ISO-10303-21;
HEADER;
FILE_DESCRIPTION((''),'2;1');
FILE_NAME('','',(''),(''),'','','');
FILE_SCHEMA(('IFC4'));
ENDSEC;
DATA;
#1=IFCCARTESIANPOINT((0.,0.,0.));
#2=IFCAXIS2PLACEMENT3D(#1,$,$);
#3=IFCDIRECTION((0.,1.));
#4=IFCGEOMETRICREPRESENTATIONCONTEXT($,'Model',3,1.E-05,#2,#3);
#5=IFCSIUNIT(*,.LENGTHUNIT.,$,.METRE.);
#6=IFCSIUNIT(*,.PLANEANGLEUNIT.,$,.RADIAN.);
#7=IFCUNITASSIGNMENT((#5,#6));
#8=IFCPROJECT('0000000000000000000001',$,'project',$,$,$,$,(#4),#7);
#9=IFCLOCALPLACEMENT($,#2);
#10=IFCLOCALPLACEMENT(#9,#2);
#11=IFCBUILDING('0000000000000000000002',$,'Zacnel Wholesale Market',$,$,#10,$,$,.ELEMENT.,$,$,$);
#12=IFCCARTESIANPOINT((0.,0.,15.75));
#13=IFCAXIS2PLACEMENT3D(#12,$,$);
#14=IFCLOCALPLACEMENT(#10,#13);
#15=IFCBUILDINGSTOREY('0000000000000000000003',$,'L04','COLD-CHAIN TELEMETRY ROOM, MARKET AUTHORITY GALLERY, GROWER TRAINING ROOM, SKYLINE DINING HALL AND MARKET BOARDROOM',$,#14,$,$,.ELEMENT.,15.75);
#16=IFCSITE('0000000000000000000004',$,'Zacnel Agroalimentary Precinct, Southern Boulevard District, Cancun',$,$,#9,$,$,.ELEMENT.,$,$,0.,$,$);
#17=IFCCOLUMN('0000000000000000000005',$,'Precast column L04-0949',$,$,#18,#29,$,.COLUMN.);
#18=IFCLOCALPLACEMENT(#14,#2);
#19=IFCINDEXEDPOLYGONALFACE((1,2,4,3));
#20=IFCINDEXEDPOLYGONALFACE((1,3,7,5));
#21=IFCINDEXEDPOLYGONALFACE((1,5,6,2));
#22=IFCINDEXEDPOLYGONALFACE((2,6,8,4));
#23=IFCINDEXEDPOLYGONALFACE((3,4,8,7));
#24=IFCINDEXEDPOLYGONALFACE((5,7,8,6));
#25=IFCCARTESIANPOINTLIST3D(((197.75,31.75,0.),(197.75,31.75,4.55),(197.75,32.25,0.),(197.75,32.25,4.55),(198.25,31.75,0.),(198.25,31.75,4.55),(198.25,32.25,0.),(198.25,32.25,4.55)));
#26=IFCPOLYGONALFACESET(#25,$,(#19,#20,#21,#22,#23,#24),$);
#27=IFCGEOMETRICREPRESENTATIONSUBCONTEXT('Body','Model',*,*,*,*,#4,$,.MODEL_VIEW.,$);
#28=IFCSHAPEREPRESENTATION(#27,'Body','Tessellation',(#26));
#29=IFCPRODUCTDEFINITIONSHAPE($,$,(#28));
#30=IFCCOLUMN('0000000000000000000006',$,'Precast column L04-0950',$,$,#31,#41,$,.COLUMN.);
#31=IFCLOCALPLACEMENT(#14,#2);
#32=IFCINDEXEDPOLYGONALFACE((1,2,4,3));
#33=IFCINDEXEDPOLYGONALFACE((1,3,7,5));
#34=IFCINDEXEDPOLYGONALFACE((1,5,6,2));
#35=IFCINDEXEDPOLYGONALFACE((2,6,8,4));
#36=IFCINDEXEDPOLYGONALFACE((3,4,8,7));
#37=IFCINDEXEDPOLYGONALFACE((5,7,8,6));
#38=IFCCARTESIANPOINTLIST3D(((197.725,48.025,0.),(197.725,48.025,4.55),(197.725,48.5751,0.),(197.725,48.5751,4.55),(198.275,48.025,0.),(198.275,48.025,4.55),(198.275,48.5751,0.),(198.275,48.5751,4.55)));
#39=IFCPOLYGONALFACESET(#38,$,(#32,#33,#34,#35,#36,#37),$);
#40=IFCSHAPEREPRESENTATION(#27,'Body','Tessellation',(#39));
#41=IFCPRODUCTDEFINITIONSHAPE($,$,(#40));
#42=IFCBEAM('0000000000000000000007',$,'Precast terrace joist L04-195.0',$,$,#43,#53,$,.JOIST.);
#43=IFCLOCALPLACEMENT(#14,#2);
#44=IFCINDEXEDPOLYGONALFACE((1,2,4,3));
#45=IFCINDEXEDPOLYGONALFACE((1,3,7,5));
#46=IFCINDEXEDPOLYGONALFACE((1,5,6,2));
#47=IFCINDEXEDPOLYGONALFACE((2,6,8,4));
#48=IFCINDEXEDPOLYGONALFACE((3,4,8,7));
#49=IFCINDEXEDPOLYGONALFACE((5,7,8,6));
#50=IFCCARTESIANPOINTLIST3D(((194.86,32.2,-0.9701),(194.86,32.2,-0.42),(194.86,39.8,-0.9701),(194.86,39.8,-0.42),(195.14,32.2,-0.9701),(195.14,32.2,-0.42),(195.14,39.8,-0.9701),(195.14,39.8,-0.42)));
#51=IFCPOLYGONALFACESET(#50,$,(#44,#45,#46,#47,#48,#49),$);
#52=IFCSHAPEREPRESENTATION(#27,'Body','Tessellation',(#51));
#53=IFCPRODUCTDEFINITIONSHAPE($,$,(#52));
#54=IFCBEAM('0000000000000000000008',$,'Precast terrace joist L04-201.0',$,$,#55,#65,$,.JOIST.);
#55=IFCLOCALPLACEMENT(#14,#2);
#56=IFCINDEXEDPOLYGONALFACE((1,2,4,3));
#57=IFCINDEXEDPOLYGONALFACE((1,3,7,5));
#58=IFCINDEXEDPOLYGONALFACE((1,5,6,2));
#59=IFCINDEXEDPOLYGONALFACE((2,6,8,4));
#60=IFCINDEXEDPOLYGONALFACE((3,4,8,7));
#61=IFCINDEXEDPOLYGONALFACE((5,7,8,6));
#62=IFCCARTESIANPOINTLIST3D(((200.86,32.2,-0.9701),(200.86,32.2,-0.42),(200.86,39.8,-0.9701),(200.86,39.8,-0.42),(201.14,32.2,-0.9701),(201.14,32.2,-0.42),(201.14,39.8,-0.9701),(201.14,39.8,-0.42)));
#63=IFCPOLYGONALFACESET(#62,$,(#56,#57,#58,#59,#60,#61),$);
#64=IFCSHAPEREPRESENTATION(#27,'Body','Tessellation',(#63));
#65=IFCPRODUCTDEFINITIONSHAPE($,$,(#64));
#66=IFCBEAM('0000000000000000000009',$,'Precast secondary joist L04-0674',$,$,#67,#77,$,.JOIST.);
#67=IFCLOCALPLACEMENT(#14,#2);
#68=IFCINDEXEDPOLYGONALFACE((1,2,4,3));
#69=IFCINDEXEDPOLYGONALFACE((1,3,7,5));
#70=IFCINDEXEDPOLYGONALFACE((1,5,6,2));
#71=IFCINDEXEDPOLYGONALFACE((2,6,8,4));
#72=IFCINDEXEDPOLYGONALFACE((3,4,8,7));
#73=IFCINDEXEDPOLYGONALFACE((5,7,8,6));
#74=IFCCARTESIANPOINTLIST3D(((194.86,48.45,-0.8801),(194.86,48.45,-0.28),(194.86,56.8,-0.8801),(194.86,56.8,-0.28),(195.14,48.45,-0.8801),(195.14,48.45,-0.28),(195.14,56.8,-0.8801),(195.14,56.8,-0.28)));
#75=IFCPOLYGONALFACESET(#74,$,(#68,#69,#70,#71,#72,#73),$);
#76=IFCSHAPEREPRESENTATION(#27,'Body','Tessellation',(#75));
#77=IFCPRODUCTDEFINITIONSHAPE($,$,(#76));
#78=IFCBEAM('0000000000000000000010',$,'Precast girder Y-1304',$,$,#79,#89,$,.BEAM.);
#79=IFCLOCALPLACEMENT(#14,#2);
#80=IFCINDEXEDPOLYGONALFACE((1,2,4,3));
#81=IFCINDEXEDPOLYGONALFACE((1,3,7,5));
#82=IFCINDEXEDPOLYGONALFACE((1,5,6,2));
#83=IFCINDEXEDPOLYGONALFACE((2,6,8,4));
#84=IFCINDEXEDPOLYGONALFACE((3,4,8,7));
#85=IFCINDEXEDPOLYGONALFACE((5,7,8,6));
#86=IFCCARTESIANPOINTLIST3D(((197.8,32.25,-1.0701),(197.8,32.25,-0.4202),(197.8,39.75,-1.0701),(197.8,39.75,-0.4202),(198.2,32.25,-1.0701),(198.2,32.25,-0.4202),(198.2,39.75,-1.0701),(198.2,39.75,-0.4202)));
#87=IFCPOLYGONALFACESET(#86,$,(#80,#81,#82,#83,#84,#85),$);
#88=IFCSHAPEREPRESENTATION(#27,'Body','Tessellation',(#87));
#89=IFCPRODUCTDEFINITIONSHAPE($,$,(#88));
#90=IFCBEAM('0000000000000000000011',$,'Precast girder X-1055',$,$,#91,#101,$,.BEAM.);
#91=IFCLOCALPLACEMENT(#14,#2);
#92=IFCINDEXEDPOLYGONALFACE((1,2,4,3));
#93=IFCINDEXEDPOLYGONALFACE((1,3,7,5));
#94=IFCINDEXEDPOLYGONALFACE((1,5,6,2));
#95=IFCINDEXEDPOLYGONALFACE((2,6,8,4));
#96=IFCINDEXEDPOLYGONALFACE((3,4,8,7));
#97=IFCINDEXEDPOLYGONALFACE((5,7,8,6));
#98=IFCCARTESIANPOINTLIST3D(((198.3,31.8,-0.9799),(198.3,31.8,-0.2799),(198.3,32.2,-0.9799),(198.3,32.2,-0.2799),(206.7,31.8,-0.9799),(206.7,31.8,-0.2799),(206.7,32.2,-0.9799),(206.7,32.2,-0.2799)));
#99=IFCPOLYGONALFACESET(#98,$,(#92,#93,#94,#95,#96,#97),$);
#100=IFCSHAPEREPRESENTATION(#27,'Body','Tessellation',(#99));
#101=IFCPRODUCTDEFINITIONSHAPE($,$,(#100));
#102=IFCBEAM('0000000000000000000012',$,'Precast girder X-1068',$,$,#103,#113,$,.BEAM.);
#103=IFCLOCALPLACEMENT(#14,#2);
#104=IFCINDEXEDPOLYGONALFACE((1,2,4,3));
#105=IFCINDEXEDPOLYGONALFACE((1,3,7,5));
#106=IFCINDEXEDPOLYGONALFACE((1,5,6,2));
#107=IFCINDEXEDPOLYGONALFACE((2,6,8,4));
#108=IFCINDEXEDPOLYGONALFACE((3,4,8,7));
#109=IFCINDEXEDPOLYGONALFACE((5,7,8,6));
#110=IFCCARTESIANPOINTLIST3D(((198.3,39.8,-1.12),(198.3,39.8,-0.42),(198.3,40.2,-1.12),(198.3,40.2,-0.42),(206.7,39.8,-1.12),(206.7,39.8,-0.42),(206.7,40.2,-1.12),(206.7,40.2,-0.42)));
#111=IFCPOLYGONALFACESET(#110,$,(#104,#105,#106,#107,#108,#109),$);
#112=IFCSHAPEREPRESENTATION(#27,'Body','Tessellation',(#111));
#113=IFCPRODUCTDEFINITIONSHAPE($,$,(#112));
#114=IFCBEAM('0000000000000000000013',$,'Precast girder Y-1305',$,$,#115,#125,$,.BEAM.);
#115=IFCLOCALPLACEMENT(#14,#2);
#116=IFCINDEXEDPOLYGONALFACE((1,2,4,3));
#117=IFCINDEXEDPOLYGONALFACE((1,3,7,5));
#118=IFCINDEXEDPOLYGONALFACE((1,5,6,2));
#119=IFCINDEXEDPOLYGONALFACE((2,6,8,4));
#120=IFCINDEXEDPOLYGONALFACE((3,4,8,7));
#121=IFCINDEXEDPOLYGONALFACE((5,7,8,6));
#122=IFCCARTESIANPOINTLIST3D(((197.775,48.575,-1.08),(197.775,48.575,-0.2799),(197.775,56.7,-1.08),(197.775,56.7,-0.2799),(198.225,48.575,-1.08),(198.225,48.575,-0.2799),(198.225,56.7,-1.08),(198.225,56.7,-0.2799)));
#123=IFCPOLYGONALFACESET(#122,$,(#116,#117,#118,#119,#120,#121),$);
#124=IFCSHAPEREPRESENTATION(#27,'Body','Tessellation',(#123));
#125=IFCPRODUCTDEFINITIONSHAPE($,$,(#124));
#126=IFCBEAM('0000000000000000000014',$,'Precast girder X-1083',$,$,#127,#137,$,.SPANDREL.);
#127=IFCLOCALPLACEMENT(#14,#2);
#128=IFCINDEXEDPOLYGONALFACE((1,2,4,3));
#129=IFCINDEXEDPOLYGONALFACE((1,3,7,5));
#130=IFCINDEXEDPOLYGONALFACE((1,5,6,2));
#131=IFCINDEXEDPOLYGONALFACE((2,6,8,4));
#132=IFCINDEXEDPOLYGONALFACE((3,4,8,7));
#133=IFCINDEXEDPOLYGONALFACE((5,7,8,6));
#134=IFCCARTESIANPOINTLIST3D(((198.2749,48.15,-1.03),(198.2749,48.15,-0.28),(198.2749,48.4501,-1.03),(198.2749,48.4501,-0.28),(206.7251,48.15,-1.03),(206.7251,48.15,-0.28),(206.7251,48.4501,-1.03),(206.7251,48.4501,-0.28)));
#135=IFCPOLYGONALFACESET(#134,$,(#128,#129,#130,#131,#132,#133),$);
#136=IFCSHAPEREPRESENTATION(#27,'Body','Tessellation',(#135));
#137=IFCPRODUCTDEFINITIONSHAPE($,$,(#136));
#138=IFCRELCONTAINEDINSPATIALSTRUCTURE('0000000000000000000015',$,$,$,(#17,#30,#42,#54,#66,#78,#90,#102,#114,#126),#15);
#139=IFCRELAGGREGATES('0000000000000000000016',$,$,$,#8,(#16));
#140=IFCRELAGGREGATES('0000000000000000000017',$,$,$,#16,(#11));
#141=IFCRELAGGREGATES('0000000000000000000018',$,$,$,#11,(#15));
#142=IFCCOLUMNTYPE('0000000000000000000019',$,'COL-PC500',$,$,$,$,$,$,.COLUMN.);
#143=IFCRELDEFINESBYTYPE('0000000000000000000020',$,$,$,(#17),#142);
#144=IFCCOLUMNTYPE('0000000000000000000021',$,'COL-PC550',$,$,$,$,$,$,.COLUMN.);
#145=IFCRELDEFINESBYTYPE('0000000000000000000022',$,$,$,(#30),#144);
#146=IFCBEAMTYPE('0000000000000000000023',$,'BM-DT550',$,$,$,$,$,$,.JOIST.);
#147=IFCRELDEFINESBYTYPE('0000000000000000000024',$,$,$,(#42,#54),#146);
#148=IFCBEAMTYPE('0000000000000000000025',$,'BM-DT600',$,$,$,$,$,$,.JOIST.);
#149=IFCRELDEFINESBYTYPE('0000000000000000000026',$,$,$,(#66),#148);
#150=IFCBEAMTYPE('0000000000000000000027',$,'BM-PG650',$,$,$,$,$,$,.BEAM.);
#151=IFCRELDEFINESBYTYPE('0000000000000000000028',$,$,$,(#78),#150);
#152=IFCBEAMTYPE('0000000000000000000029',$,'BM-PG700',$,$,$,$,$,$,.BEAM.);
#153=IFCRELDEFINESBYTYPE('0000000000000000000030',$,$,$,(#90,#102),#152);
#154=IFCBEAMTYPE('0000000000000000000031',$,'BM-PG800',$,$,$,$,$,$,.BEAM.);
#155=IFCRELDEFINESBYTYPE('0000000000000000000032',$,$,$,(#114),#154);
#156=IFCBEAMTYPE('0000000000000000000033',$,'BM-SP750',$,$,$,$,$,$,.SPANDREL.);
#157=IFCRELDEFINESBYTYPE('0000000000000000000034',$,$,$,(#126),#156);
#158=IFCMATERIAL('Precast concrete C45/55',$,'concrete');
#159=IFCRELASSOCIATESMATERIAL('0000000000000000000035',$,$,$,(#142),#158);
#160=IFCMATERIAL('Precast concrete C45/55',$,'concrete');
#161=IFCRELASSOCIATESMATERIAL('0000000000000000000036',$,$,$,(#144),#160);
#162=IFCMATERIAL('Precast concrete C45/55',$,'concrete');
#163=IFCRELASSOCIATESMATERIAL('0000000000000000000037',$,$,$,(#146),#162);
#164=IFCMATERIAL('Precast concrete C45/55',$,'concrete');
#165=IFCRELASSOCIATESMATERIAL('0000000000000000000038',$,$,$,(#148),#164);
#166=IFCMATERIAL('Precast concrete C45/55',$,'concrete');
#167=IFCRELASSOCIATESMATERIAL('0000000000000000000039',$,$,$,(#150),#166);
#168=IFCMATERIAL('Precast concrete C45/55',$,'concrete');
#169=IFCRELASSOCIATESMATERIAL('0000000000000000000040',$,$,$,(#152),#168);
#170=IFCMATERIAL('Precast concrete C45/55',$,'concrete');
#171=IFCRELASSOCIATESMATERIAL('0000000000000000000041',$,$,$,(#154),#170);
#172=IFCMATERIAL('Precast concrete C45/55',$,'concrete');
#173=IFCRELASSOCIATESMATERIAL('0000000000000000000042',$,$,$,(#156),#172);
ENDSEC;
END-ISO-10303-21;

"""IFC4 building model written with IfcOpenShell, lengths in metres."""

from ifc_helpers import new_model, si_unit, direction, frame, origin, origin_2d, place, context, subcontext, project, spatial, rectangle, extrude, material, material_profile, profile_set, type_object, element, save


model = new_model("IFC4")

# Units and contexts
model_context = context("Model", 3, precision=1e-05, world=origin(), true_north=direction((0.0, 1.0)))
body_context = subcontext(model_context, "Body", "Model", "MODEL_VIEW")
ifc_project = project(units=[si_unit("LENGTHUNIT", "METRE"), si_unit("PLANEANGLEUNIT", "RADIAN")], contexts=[model_context])

# Site, building, storey
site_placement = place(None, origin())
site = spatial("IfcSite", under=ifc_project, at=site_placement, Name="Zacnel Agroalimentary Precinct, Southern Boulevard District, Cancun", CompositionType="ELEMENT", RefElevation=0.0)
building_placement = place(site_placement, origin())
building = spatial("IfcBuilding", under=site, at=building_placement, Name="Zacnel Wholesale Market", CompositionType="ELEMENT")
storey_placement = place(building_placement, frame((0.0, 0.0, 15.75)))
storey = spatial("IfcBuildingStorey", under=building, at=storey_placement, Name="L04", Description="COLD-CHAIN TELEMETRY ROOM, MARKET AUTHORITY GALLERY, GROWER TRAINING ROOM, SKYLINE DINING HALL AND MARKET BOARDROOM", CompositionType="ELEMENT", Elevation=15.75)

# Columns
ifc_material_1 = material(Name="Precast concrete C45/55", Category="concrete")
ifc_material_profile_1 = material_profile(ifc_material_1, rectangle(XDim=0.5, YDim=0.5, at=origin_2d()), Name="PC 500x500")
ifc_profile_set_1 = profile_set([ifc_material_profile_1], Name="Precast concrete C45/55")
column_type_1 = type_object("IfcColumnType", Name="COL-PC500", PredefinedType="COLUMN", material=ifc_profile_set_1)
column_1_placement = place(storey_placement, frame((198.0, 32.0, 0.0), z_axis=(0.0, 0.0, 1.0), x_axis=(1.0, 0.0, 0.0)))
element("IfcColumn", 1, at=column_1_placement, inside=storey, type_object=column_type_1, Name="Precast column L04-0949", PredefinedType="COLUMN", context=body_context, shape_type="SweptSolid", body=[
    extrude(rectangle(XDim=0.5, YDim=0.5, at=origin_2d()), origin(), (0.0, 0.0, 1.0), 4.55),
])
ifc_material_2 = material(Name="Precast concrete C45/55", Category="concrete")
ifc_material_profile_2 = material_profile(ifc_material_2, rectangle(XDim=0.55, YDim=0.55, at=origin_2d()), Name="PC 550x550")
ifc_profile_set_2 = profile_set([ifc_material_profile_2], Name="Precast concrete C45/55")
column_type_2 = type_object("IfcColumnType", Name="COL-PC550", PredefinedType="COLUMN", material=ifc_profile_set_2)
column_2_placement = place(storey_placement, frame((198.0, 48.3, 0.0), z_axis=(0.0, 0.0, 1.0), x_axis=(1.0, 0.0, 0.0)))
element("IfcColumn", 2, at=column_2_placement, inside=storey, type_object=column_type_2, Name="Precast column L04-0950", PredefinedType="COLUMN", context=body_context, shape_type="SweptSolid", body=[
    extrude(rectangle(XDim=0.55, YDim=0.55, at=origin_2d()), origin(), (0.0, 0.0, 1.0), 4.55),
])

# Beams
ifc_material_3 = material(Name="Precast concrete C45/55", Category="concrete")
ifc_material_profile_3 = material_profile(ifc_material_3, rectangle(XDim=0.28, YDim=0.55, at=origin_2d()), Name="DT RIB 280x550")
ifc_profile_set_3 = profile_set([ifc_material_profile_3], Name="Precast concrete C45/55")
beam_type_1 = type_object("IfcBeamType", Name="BM-DT550", PredefinedType="JOIST", material=ifc_profile_set_3)
for number, where, z_axis, x_axis, name in (
    (3, (195.0, 32.2, -0.6951), (0.0, 1.0, 0.0), (-1.0, 0.0, 0.0), "Precast terrace joist L04-195.0"),
    (4, (201.0, 32.2, -0.6951), (0.0, 1.0, 0.0), (-1.0, 0.0, 0.0), "Precast terrace joist L04-201.0"),
):
    element("IfcBeam", number, at=place(storey_placement, frame(where, z_axis=z_axis, x_axis=x_axis)), inside=storey, type_object=beam_type_1, Name=name, PredefinedType="JOIST", context=body_context, shape_type="SweptSolid", body=[
        extrude(rectangle(XDim=0.28, YDim=0.55, at=origin_2d()), origin(), (0.0, 0.0, 1.0), 7.6001),
    ])
ifc_material_4 = material(Name="Precast concrete C45/55", Category="concrete")
ifc_material_profile_4 = material_profile(ifc_material_4, rectangle(XDim=0.28, YDim=0.6001, at=origin_2d()), Name="DT RIB 280x600")
ifc_profile_set_4 = profile_set([ifc_material_profile_4], Name="Precast concrete C45/55")
beam_type_2 = type_object("IfcBeamType", Name="BM-DT600", PredefinedType="JOIST", material=ifc_profile_set_4)
beam_1_placement = place(storey_placement, frame((195.0, 48.45, -0.5801), z_axis=(0.0, 1.0, 0.0), x_axis=(-1.0, 0.0, 0.0)))
element("IfcBeam", 5, at=beam_1_placement, inside=storey, type_object=beam_type_2, Name="Precast secondary joist L04-0674", PredefinedType="JOIST", context=body_context, shape_type="SweptSolid", body=[
    extrude(rectangle(XDim=0.28, YDim=0.6001, at=origin_2d()), origin(), (0.0, 0.0, 1.0), 8.3501),
])
ifc_material_5 = material(Name="Precast concrete C45/55", Category="concrete")
ifc_material_profile_5 = material_profile(ifc_material_5, rectangle(XDim=0.3999, YDim=0.6499, at=origin_2d()), Name="PG 400x650")
ifc_profile_set_5 = profile_set([ifc_material_profile_5], Name="Precast concrete C45/55")
beam_type_3 = type_object("IfcBeamType", Name="BM-PG650", PredefinedType="BEAM", material=ifc_profile_set_5)
beam_2_placement = place(storey_placement, frame((198.0, 32.25, -0.7451), z_axis=(0.0, 1.0, 0.0), x_axis=(-1.0, 0.0, 0.0)))
element("IfcBeam", 6, at=beam_2_placement, inside=storey, type_object=beam_type_3, Name="Precast girder Y-1304", PredefinedType="BEAM", context=body_context, shape_type="SweptSolid", body=[
    extrude(rectangle(XDim=0.3999, YDim=0.6499, at=origin_2d()), origin(), (0.0, 0.0, 1.0), 7.5),
])
ifc_material_6 = material(Name="Precast concrete C45/55", Category="concrete")
ifc_material_profile_6 = material_profile(ifc_material_6, rectangle(XDim=0.3999, YDim=0.7, at=origin_2d()), Name="PG 400x700")
ifc_profile_set_6 = profile_set([ifc_material_profile_6], Name="Precast concrete C45/55")
beam_type_4 = type_object("IfcBeamType", Name="BM-PG700", PredefinedType="BEAM", material=ifc_profile_set_6)
for number, where, z_axis, x_axis, name in (
    (7, (198.3, 32.0, -0.6299), (1.0, 0.0, 0.0), (0.0, 1.0, 0.0), "Precast girder X-1055"),
    (8, (198.3, 40.0, -0.77), (1.0, 0.0, 0.0), (0.0, 1.0, 0.0), "Precast girder X-1068"),
):
    element("IfcBeam", number, at=place(storey_placement, frame(where, z_axis=z_axis, x_axis=x_axis)), inside=storey, type_object=beam_type_4, Name=name, PredefinedType="BEAM", context=body_context, shape_type="SweptSolid", body=[
        extrude(rectangle(XDim=0.3999, YDim=0.7, at=origin_2d()), origin(), (0.0, 0.0, 1.0), 8.3999),
    ])
ifc_material_7 = material(Name="Precast concrete C45/55", Category="concrete")
ifc_material_profile_7 = material_profile(ifc_material_7, rectangle(XDim=0.45, YDim=0.8, at=origin_2d()), Name="PG 450x800")
ifc_profile_set_7 = profile_set([ifc_material_profile_7], Name="Precast concrete C45/55")
beam_type_5 = type_object("IfcBeamType", Name="BM-PG800", PredefinedType="BEAM", material=ifc_profile_set_7)
beam_3_placement = place(storey_placement, frame((198.0, 48.575, -0.6799), z_axis=(0.0, 1.0, 0.0), x_axis=(-1.0, 0.0, 0.0)))
element("IfcBeam", 9, at=beam_3_placement, inside=storey, type_object=beam_type_5, Name="Precast girder Y-1305", PredefinedType="BEAM", context=body_context, shape_type="SweptSolid", body=[
    extrude(rectangle(XDim=0.45, YDim=0.8, at=origin_2d()), origin(), (0.0, 0.0, 1.0), 8.125),
])
ifc_material_8 = material(Name="Precast concrete C45/55", Category="concrete")
ifc_material_profile_8 = material_profile(ifc_material_8, rectangle(XDim=0.3, YDim=0.75, at=origin_2d()), Name="SP 300x750")
ifc_profile_set_8 = profile_set([ifc_material_profile_8], Name="Precast concrete C45/55")
beam_type_6 = type_object("IfcBeamType", Name="BM-SP750", PredefinedType="SPANDREL", material=ifc_profile_set_8)
beam_4_placement = place(storey_placement, frame((198.2749, 48.3, -0.655), z_axis=(1.0, 0.0, 0.0), x_axis=(0.0, 1.0, 0.0)))
element("IfcBeam", 10, at=beam_4_placement, inside=storey, type_object=beam_type_6, Name="Precast girder X-1083", PredefinedType="SPANDREL", context=body_context, shape_type="SweptSolid", body=[
    extrude(rectangle(XDim=0.3, YDim=0.75, at=origin_2d()), origin(), (0.0, 0.0, 1.0), 8.4502),
])

save(model, "model.ifc")
